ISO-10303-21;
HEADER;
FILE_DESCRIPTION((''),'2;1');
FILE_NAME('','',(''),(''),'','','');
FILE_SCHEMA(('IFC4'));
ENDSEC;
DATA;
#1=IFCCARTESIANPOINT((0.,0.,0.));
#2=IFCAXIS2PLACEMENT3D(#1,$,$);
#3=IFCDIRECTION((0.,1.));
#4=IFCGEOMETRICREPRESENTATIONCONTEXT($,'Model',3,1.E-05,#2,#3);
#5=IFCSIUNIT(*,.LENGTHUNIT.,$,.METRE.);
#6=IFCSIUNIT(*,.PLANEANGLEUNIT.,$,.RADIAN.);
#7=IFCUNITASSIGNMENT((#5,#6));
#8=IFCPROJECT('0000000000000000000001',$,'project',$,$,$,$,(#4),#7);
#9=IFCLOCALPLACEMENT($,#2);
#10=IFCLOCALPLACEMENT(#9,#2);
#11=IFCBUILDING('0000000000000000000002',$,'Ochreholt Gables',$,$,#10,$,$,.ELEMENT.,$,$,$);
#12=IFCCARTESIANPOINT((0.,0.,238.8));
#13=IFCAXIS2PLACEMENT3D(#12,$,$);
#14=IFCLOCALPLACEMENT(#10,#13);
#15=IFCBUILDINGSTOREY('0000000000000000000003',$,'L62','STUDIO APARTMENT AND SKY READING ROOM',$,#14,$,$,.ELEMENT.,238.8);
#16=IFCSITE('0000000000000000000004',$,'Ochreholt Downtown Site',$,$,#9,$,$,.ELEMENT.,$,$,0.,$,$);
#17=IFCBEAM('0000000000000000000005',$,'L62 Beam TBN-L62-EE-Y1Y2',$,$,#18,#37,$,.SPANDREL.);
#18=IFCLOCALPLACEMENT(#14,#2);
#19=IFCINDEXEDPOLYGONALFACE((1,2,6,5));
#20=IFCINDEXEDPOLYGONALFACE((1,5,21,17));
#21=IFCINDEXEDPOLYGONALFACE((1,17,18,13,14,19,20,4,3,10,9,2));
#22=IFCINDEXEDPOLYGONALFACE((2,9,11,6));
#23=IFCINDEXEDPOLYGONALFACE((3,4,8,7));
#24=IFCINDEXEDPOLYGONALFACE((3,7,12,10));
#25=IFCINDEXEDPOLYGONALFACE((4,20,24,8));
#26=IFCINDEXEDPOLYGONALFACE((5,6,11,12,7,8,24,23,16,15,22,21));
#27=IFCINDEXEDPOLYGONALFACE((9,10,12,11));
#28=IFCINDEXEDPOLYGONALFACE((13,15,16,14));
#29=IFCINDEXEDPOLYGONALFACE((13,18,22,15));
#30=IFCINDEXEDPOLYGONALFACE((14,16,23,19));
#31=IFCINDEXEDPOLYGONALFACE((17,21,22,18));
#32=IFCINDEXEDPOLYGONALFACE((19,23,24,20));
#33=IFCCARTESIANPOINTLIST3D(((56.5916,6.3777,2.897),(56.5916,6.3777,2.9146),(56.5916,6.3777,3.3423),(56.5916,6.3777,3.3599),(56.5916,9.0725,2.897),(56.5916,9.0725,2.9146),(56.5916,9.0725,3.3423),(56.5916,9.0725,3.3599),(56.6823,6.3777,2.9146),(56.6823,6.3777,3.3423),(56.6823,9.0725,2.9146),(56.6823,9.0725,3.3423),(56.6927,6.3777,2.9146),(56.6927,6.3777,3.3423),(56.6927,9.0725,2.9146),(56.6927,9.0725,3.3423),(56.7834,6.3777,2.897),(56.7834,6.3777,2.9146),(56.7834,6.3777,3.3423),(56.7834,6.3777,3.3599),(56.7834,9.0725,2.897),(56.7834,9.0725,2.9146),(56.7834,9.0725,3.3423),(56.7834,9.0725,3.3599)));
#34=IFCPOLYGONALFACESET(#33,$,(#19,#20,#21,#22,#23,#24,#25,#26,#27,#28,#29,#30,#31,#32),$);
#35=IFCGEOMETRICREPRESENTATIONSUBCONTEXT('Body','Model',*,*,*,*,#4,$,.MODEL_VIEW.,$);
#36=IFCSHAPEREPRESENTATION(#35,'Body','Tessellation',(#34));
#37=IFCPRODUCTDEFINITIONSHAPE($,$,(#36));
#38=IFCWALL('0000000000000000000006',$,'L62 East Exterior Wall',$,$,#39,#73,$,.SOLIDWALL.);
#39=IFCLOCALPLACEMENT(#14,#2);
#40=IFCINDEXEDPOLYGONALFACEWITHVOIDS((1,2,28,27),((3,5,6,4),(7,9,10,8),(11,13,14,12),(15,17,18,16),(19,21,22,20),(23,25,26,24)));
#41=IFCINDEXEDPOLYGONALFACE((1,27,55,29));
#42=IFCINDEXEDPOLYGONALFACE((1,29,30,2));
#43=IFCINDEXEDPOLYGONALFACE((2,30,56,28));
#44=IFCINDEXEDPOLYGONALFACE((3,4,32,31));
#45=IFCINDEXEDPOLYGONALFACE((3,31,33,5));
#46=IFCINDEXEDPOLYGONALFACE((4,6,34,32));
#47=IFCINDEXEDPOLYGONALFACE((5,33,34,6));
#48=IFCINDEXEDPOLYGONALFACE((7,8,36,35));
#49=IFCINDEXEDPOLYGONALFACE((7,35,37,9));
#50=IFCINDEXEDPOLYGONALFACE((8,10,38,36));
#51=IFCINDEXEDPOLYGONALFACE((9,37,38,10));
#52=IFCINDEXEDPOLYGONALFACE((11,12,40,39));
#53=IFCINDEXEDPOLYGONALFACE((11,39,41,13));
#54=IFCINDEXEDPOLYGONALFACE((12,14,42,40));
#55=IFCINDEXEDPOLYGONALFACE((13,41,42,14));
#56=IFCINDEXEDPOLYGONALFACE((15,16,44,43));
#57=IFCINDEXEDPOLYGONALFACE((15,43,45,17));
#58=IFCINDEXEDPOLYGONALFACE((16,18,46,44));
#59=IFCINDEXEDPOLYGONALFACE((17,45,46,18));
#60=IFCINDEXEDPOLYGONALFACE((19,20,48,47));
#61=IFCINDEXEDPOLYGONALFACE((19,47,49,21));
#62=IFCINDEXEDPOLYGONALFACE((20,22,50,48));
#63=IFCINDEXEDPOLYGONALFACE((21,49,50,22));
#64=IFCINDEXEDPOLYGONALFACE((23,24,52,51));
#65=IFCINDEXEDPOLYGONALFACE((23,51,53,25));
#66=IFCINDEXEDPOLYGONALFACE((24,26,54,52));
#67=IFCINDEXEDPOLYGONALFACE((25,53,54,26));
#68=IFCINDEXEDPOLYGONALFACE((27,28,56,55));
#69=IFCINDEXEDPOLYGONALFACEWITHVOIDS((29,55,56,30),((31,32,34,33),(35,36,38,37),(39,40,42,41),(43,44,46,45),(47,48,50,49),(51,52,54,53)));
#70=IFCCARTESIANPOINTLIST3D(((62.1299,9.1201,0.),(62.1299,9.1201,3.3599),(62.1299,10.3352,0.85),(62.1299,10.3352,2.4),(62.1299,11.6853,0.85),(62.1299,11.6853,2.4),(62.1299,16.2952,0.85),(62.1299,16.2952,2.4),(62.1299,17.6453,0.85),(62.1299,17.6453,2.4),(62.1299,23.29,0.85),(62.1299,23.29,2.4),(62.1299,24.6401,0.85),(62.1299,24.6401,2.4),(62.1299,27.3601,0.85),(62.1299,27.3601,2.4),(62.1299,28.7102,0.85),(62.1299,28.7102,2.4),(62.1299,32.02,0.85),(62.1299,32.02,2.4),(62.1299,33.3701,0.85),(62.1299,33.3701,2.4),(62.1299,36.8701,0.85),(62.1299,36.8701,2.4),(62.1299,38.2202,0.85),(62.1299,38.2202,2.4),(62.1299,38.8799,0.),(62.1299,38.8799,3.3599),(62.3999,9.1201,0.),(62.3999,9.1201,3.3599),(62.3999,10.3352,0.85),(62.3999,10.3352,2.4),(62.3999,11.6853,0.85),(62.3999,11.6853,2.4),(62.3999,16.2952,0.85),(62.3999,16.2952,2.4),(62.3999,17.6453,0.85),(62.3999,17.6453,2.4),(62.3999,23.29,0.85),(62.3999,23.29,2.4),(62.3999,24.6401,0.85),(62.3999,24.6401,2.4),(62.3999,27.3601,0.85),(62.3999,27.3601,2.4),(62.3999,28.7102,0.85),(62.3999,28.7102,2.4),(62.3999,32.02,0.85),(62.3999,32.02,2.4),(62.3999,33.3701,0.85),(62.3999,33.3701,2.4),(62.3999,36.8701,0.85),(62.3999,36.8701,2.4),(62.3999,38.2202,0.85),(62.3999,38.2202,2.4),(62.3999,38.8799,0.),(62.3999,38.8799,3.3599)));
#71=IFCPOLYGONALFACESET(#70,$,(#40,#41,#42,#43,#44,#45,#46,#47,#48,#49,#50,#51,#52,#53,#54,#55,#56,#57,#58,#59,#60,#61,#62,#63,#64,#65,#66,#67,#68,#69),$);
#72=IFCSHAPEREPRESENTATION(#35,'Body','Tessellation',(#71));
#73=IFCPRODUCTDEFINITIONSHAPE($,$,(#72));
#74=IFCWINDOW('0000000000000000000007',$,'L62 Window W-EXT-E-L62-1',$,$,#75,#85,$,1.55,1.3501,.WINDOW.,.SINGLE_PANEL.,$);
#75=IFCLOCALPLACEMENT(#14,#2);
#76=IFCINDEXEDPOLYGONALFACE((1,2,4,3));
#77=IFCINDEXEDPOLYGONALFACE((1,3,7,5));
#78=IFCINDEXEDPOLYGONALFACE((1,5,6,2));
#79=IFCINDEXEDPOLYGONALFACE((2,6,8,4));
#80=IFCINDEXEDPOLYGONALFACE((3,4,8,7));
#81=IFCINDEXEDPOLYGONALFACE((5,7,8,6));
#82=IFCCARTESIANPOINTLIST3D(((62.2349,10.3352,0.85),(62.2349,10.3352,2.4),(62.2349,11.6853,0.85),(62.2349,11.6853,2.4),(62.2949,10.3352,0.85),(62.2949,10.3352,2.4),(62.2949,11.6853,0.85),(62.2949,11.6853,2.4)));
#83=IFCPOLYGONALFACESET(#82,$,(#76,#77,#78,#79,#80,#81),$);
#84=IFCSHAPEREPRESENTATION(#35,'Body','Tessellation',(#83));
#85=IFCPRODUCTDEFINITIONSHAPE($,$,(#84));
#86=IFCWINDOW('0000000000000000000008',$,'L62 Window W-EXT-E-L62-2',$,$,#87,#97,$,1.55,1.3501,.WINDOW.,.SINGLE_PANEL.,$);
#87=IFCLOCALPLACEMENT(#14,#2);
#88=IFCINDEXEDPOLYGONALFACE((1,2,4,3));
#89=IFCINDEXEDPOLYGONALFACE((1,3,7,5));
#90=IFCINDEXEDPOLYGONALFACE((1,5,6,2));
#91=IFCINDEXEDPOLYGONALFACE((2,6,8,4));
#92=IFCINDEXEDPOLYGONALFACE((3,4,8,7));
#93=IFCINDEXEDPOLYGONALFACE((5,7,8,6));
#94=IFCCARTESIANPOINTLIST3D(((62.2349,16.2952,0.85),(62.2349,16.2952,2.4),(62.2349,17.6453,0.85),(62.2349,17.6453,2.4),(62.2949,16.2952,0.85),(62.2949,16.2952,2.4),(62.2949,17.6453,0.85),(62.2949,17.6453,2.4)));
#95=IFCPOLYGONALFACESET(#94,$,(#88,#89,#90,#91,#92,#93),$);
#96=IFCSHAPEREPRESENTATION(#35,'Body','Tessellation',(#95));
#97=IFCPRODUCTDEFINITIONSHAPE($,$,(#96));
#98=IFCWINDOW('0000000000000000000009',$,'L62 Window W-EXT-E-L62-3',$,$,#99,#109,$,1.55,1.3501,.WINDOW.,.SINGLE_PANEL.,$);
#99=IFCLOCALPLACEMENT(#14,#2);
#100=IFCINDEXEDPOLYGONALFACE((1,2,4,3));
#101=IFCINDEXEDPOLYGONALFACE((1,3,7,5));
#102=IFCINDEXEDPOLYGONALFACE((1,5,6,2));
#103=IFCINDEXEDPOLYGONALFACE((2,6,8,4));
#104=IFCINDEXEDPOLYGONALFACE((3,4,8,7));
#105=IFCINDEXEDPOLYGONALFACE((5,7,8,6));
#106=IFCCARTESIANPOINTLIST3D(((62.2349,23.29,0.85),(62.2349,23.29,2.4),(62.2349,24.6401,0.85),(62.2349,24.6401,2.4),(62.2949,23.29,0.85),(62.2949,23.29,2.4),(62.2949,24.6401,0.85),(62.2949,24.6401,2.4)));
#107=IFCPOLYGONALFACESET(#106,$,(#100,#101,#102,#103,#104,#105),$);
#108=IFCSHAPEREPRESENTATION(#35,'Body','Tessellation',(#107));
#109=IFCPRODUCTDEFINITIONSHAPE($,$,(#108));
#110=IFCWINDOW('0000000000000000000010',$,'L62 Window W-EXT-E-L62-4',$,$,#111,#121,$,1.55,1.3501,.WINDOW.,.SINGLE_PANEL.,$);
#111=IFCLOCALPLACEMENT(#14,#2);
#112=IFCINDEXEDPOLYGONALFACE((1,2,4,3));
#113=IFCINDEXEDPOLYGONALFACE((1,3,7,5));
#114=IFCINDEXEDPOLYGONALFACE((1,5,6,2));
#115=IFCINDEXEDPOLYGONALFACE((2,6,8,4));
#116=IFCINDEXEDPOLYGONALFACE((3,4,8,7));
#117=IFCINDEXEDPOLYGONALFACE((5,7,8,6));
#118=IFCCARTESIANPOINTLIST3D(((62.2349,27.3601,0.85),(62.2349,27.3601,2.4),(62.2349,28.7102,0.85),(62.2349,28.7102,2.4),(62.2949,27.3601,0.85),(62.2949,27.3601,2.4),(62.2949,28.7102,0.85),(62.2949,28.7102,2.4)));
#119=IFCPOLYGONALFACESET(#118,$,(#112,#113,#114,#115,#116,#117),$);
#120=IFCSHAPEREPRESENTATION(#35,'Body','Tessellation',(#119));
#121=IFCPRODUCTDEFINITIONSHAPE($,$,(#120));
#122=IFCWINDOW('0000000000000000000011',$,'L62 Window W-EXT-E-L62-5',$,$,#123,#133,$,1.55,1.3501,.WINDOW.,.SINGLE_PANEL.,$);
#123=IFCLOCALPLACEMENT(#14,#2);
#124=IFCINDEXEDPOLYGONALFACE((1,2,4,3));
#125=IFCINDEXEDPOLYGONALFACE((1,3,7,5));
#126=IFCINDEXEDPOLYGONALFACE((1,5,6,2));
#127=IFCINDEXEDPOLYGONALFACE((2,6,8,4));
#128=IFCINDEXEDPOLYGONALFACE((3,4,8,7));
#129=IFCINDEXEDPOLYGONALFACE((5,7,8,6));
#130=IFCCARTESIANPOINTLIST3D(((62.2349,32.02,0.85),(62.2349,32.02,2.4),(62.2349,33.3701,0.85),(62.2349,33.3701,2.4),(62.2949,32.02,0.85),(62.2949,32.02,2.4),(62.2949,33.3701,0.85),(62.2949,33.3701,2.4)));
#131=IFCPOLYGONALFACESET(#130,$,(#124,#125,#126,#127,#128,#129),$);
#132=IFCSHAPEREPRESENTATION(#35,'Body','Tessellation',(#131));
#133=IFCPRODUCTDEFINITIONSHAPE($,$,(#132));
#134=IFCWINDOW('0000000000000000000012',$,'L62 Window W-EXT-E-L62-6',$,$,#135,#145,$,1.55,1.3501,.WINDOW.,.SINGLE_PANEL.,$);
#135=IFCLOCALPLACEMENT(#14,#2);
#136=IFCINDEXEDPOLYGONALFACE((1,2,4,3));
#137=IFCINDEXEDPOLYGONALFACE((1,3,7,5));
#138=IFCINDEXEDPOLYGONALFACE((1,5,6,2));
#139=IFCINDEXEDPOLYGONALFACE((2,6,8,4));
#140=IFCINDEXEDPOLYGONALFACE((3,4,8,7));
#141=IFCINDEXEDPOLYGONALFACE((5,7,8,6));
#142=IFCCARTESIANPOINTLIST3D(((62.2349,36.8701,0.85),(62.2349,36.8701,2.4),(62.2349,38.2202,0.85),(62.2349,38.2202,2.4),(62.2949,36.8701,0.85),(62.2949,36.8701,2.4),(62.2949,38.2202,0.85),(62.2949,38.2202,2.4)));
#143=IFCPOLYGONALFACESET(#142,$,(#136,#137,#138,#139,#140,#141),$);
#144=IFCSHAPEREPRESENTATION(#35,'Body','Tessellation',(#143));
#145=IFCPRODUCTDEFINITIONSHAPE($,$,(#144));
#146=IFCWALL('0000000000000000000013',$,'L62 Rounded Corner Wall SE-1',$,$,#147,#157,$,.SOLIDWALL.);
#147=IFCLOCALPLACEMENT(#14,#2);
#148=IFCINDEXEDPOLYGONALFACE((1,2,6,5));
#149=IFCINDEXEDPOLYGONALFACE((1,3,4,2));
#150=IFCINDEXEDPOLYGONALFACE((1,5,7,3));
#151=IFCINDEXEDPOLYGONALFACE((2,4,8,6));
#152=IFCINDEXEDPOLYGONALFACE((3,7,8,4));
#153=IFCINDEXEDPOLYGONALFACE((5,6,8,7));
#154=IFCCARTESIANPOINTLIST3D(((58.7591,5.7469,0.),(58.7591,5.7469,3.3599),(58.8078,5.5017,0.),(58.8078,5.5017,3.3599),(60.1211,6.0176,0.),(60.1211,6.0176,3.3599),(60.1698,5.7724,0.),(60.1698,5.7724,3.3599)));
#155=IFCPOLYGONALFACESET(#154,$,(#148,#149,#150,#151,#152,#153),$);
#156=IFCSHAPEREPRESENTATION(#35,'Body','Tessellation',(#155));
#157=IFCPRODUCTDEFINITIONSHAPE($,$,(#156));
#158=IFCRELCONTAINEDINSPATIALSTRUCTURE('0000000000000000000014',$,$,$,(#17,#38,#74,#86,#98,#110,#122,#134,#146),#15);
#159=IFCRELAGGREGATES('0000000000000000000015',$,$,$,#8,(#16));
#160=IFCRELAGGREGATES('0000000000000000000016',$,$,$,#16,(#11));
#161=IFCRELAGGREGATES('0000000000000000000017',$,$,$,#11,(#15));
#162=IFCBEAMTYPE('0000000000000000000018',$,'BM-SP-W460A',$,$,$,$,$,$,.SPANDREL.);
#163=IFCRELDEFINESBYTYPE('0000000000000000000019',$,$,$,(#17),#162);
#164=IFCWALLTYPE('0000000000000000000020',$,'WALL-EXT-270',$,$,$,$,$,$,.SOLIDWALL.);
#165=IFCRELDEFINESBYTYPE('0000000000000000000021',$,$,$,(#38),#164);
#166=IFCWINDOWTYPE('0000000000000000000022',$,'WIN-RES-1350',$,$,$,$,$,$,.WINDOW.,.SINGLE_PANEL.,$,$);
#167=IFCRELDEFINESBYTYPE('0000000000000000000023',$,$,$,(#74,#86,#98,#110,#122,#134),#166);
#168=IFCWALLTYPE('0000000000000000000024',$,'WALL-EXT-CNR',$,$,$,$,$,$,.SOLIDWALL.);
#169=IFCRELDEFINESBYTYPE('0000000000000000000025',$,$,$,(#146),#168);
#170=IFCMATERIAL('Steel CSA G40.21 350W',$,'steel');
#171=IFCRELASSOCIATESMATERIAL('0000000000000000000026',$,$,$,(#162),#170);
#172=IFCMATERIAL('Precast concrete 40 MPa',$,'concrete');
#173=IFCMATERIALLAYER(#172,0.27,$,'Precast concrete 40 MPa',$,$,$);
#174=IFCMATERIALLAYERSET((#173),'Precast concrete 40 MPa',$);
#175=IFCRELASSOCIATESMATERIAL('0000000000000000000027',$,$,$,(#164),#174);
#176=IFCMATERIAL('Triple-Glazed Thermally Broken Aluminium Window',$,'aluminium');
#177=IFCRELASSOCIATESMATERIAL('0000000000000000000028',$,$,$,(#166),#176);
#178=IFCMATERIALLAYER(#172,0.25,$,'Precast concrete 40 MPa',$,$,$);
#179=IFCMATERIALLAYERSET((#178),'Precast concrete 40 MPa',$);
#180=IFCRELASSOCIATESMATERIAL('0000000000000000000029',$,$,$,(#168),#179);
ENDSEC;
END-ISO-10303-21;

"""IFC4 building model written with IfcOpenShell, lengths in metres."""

from ifc_helpers import new_model, si_unit, direction, frame, frame_2d, origin, origin_2d, place, context, subcontext, project, spatial, rectangle, i_section, extrude, material, layer, layer_set, material_profile, profile_set, type_object, element, fill, save


model = new_model("IFC4")

# Units and contexts
model_context = context("Model", 3, precision=1e-05, world=origin(), true_north=direction((0.0, 1.0)))
body_context = subcontext(model_context, "Body", "Model", "MODEL_VIEW")
ifc_project = project(units=[si_unit("LENGTHUNIT", "METRE"), si_unit("PLANEANGLEUNIT", "RADIAN")], contexts=[model_context])

# Site, building, storey
site_placement = place(None, origin())
site = spatial("IfcSite", under=ifc_project, at=site_placement, Name="Ochreholt Downtown Site", CompositionType="ELEMENT", RefElevation=0.0)
building_placement = place(site_placement, origin())
building = spatial("IfcBuilding", under=site, at=building_placement, Name="Ochreholt Gables", CompositionType="ELEMENT")
storey_placement = place(building_placement, frame((0.0, 0.0, 238.8)))
storey = spatial("IfcBuildingStorey", under=building, at=storey_placement, Name="L62", Description="STUDIO APARTMENT AND SKY READING ROOM", CompositionType="ELEMENT", Elevation=238.8)

# Beam
ifc_material_1 = material(Name="Steel CSA G40.21 350W", Category="steel")
ifc_material_profile = material_profile(ifc_material_1, i_section(OverallWidth=0.1919, OverallDepth=0.4629, WebThickness=0.0105, FlangeThickness=0.0176, at=origin_2d()), Name="W460X89")
ifc_profile_set = profile_set([ifc_material_profile], Name="Steel CSA G40.21 350W")
beam_type = type_object("IfcBeamType", Name="BM-SP-W460A", PredefinedType="SPANDREL", material=ifc_profile_set)
beam_placement = place(storey_placement, frame((56.6875, 6.3777, 3.1284), z_axis=(0.0, 1.0, 0.0), x_axis=(-1.0, 0.0, 0.0)))
element("IfcBeam", 1, at=beam_placement, inside=storey, type_object=beam_type, Name="L62 Beam TBN-L62-EE-Y1Y2", PredefinedType="SPANDREL", context=body_context, shape_type="SweptSolid", body=[
    extrude(i_section(OverallWidth=0.1919, OverallDepth=0.4629, WebThickness=0.0105, FlangeThickness=0.0176, at=origin_2d()), origin(), (0.0, 0.0, 1.0), 2.6948),
])

# Wall, openings, windows
ifc_material_2 = material(Name="Precast concrete 40 MPa", Category="concrete")
ifc_layer_1 = layer(ifc_material_2, 0.27, Name="Precast concrete 40 MPa")
ifc_layer_set_1 = layer_set([ifc_layer_1], Name="Precast concrete 40 MPa")
wall_type_1 = type_object("IfcWallType", Name="WALL-EXT-270", PredefinedType="SOLIDWALL", material=ifc_layer_set_1)
wall_1_placement = place(storey_placement, frame((62.2649, 9.1201, 0.0), z_axis=(0.0, 0.0, 1.0), x_axis=(0.0, 1.0, 0.0)))
wall_1 = element("IfcWall", 2, at=wall_1_placement, inside=storey, type_object=wall_type_1, Name="L62 East Exterior Wall", PredefinedType="SOLIDWALL", context=body_context, shape_type="SweptSolid", body=[
    extrude(rectangle(XDim=29.7598, YDim=0.27, at=frame_2d((14.8799, 0.0))), origin(), (0.0, 0.0, 1.0), 3.3599),
])
opening_1_placement = place(wall_1_placement, frame((1.2151, 0.0, 0.8501)))
opening_1 = element("IfcOpeningElement", 3, at=opening_1_placement, cuts=wall_1, PredefinedType="OPENING", context=body_context, shape_type="SweptSolid", body=[
    extrude(rectangle(XDim=1.3501, YDim=1.55, at=frame_2d((0.675, 0.7749))), frame((0.0, 0.145, 0.0), z_axis=(0.0, -1.0, 0.0), x_axis=(1.0, 0.0, 0.0)), (0.0, 0.0, 1.0), 0.29),
])
opening_2_placement = place(wall_1_placement, frame((7.175, 0.0, 0.8501)))
opening_2 = element("IfcOpeningElement", 4, at=opening_2_placement, cuts=wall_1, PredefinedType="OPENING", context=body_context, shape_type="SweptSolid", body=[
    extrude(rectangle(XDim=1.3501, YDim=1.55, at=frame_2d((0.675, 0.7749))), frame((0.0, 0.145, 0.0), z_axis=(0.0, -1.0, 0.0), x_axis=(1.0, 0.0, 0.0)), (0.0, 0.0, 1.0), 0.29),
])
opening_3_placement = place(wall_1_placement, frame((14.1699, 0.0, 0.8501)))
opening_3 = element("IfcOpeningElement", 5, at=opening_3_placement, cuts=wall_1, PredefinedType="OPENING", context=body_context, shape_type="SweptSolid", body=[
    extrude(rectangle(XDim=1.3501, YDim=1.55, at=frame_2d((0.675, 0.7749))), frame((0.0, 0.145, 0.0), z_axis=(0.0, -1.0, 0.0), x_axis=(1.0, 0.0, 0.0)), (0.0, 0.0, 1.0), 0.29),
])
opening_4_placement = place(wall_1_placement, frame((18.24, 0.0, 0.8501)))
opening_4 = element("IfcOpeningElement", 6, at=opening_4_placement, cuts=wall_1, PredefinedType="OPENING", context=body_context, shape_type="SweptSolid", body=[
    extrude(rectangle(XDim=1.3501, YDim=1.55, at=frame_2d((0.675, 0.7749))), frame((0.0, 0.145, 0.0), z_axis=(0.0, -1.0, 0.0), x_axis=(1.0, 0.0, 0.0)), (0.0, 0.0, 1.0), 0.29),
])
opening_5_placement = place(wall_1_placement, frame((22.8999, 0.0, 0.8501)))
opening_5 = element("IfcOpeningElement", 7, at=opening_5_placement, cuts=wall_1, PredefinedType="OPENING", context=body_context, shape_type="SweptSolid", body=[
    extrude(rectangle(XDim=1.3501, YDim=1.55, at=frame_2d((0.675, 0.7749))), frame((0.0, 0.145, 0.0), z_axis=(0.0, -1.0, 0.0), x_axis=(1.0, 0.0, 0.0)), (0.0, 0.0, 1.0), 0.29),
])
opening_6_placement = place(wall_1_placement, frame((27.75, 0.0, 0.8501)))
opening_6 = element("IfcOpeningElement", 8, at=opening_6_placement, cuts=wall_1, PredefinedType="OPENING", context=body_context, shape_type="SweptSolid", body=[
    extrude(rectangle(XDim=1.3501, YDim=1.55, at=frame_2d((0.675, 0.7749))), frame((0.0, 0.145, 0.0), z_axis=(0.0, -1.0, 0.0), x_axis=(1.0, 0.0, 0.0)), (0.0, 0.0, 1.0), 0.29),
])
ifc_material_3 = material(Name="Triple-Glazed Thermally Broken Aluminium Window", Category="aluminium")
window_type_1 = type_object("IfcWindowType", Name="WIN-RES-1350", PartitioningType="SINGLE_PANEL", PredefinedType="WINDOW", material=ifc_material_3)
window_1_placement = place(opening_1_placement, origin())
window_1 = element("IfcWindow", 9, at=window_1_placement, inside=storey, type_object=window_type_1, Name="L62 Window W-EXT-E-L62-1", OverallHeight=1.55, OverallWidth=1.3501, PartitioningType="SINGLE_PANEL", PredefinedType="WINDOW", context=body_context, shape_type="SweptSolid", body=[
    extrude(rectangle(XDim=1.3501, YDim=1.55, at=frame_2d((0.675, 0.7749))), frame((0.0, 0.03, 0.0), z_axis=(0.0, -1.0, 0.0), x_axis=(1.0, 0.0, 0.0)), (0.0, 0.0, 1.0), 0.0601),
])
fill(opening_1, window_1)
window_2_placement = place(opening_2_placement, origin())
window_2 = element("IfcWindow", 10, at=window_2_placement, inside=storey, type_object=window_type_1, Name="L62 Window W-EXT-E-L62-2", OverallHeight=1.55, OverallWidth=1.3501, PartitioningType="SINGLE_PANEL", PredefinedType="WINDOW", context=body_context, shape_type="SweptSolid", body=[
    extrude(rectangle(XDim=1.3501, YDim=1.55, at=frame_2d((0.675, 0.7749))), frame((0.0, 0.03, 0.0), z_axis=(0.0, -1.0, 0.0), x_axis=(1.0, 0.0, 0.0)), (0.0, 0.0, 1.0), 0.0601),
])
fill(opening_2, window_2)
window_3_placement = place(opening_3_placement, origin())
window_3 = element("IfcWindow", 11, at=window_3_placement, inside=storey, type_object=window_type_1, Name="L62 Window W-EXT-E-L62-3", OverallHeight=1.55, OverallWidth=1.3501, PartitioningType="SINGLE_PANEL", PredefinedType="WINDOW", context=body_context, shape_type="SweptSolid", body=[
    extrude(rectangle(XDim=1.3501, YDim=1.55, at=frame_2d((0.675, 0.7749))), frame((0.0, 0.03, 0.0), z_axis=(0.0, -1.0, 0.0), x_axis=(1.0, 0.0, 0.0)), (0.0, 0.0, 1.0), 0.0601),
])
fill(opening_3, window_3)
window_4_placement = place(opening_4_placement, origin())
window_4 = element("IfcWindow", 12, at=window_4_placement, inside=storey, type_object=window_type_1, Name="L62 Window W-EXT-E-L62-4", OverallHeight=1.55, OverallWidth=1.3501, PartitioningType="SINGLE_PANEL", PredefinedType="WINDOW", context=body_context, shape_type="SweptSolid", body=[
    extrude(rectangle(XDim=1.3501, YDim=1.55, at=frame_2d((0.675, 0.7749))), frame((0.0, 0.03, 0.0), z_axis=(0.0, -1.0, 0.0), x_axis=(1.0, 0.0, 0.0)), (0.0, 0.0, 1.0), 0.0601),
])
fill(opening_4, window_4)
window_5_placement = place(opening_5_placement, origin())
window_5 = element("IfcWindow", 13, at=window_5_placement, inside=storey, type_object=window_type_1, Name="L62 Window W-EXT-E-L62-5", OverallHeight=1.55, OverallWidth=1.3501, PartitioningType="SINGLE_PANEL", PredefinedType="WINDOW", context=body_context, shape_type="SweptSolid", body=[
    extrude(rectangle(XDim=1.3501, YDim=1.55, at=frame_2d((0.675, 0.7749))), frame((0.0, 0.03, 0.0), z_axis=(0.0, -1.0, 0.0), x_axis=(1.0, 0.0, 0.0)), (0.0, 0.0, 1.0), 0.0601),
])
fill(opening_5, window_5)
window_6_placement = place(opening_6_placement, origin())
window_6 = element("IfcWindow", 14, at=window_6_placement, inside=storey, type_object=window_type_1, Name="L62 Window W-EXT-E-L62-6", OverallHeight=1.55, OverallWidth=1.3501, PartitioningType="SINGLE_PANEL", PredefinedType="WINDOW", context=body_context, shape_type="SweptSolid", body=[
    extrude(rectangle(XDim=1.3501, YDim=1.55, at=frame_2d((0.675, 0.7749))), frame((0.0, 0.03, 0.0), z_axis=(0.0, -1.0, 0.0), x_axis=(1.0, 0.0, 0.0)), (0.0, 0.0, 1.0), 0.0601),
])
fill(opening_6, window_6)

# Wall
ifc_layer_2 = layer(ifc_material_2, 0.25, Name="Precast concrete 40 MPa")
ifc_layer_set_2 = layer_set([ifc_layer_2], Name="Precast concrete 40 MPa")
wall_type_2 = type_object("IfcWallType", Name="WALL-EXT-CNR", PredefinedType="SOLIDWALL", material=ifc_layer_set_2)
wall_2_placement = place(storey_placement, frame((58.7834, 5.6243, 0.0), z_axis=(0.0, 0.0, 1.0), x_axis=(0.98081, 0.194967, 0.0)))
element("IfcWall", 15, at=wall_2_placement, inside=storey, type_object=wall_type_2, Name="L62 Rounded Corner Wall SE-1", PredefinedType="SOLIDWALL", context=body_context, shape_type="SweptSolid", body=[
    extrude(rectangle(XDim=1.3887, YDim=0.25, at=frame_2d((0.6943, 0.0))), origin(), (0.0, 0.0, 1.0), 3.3599),
])

save(model, "model.ifc")
